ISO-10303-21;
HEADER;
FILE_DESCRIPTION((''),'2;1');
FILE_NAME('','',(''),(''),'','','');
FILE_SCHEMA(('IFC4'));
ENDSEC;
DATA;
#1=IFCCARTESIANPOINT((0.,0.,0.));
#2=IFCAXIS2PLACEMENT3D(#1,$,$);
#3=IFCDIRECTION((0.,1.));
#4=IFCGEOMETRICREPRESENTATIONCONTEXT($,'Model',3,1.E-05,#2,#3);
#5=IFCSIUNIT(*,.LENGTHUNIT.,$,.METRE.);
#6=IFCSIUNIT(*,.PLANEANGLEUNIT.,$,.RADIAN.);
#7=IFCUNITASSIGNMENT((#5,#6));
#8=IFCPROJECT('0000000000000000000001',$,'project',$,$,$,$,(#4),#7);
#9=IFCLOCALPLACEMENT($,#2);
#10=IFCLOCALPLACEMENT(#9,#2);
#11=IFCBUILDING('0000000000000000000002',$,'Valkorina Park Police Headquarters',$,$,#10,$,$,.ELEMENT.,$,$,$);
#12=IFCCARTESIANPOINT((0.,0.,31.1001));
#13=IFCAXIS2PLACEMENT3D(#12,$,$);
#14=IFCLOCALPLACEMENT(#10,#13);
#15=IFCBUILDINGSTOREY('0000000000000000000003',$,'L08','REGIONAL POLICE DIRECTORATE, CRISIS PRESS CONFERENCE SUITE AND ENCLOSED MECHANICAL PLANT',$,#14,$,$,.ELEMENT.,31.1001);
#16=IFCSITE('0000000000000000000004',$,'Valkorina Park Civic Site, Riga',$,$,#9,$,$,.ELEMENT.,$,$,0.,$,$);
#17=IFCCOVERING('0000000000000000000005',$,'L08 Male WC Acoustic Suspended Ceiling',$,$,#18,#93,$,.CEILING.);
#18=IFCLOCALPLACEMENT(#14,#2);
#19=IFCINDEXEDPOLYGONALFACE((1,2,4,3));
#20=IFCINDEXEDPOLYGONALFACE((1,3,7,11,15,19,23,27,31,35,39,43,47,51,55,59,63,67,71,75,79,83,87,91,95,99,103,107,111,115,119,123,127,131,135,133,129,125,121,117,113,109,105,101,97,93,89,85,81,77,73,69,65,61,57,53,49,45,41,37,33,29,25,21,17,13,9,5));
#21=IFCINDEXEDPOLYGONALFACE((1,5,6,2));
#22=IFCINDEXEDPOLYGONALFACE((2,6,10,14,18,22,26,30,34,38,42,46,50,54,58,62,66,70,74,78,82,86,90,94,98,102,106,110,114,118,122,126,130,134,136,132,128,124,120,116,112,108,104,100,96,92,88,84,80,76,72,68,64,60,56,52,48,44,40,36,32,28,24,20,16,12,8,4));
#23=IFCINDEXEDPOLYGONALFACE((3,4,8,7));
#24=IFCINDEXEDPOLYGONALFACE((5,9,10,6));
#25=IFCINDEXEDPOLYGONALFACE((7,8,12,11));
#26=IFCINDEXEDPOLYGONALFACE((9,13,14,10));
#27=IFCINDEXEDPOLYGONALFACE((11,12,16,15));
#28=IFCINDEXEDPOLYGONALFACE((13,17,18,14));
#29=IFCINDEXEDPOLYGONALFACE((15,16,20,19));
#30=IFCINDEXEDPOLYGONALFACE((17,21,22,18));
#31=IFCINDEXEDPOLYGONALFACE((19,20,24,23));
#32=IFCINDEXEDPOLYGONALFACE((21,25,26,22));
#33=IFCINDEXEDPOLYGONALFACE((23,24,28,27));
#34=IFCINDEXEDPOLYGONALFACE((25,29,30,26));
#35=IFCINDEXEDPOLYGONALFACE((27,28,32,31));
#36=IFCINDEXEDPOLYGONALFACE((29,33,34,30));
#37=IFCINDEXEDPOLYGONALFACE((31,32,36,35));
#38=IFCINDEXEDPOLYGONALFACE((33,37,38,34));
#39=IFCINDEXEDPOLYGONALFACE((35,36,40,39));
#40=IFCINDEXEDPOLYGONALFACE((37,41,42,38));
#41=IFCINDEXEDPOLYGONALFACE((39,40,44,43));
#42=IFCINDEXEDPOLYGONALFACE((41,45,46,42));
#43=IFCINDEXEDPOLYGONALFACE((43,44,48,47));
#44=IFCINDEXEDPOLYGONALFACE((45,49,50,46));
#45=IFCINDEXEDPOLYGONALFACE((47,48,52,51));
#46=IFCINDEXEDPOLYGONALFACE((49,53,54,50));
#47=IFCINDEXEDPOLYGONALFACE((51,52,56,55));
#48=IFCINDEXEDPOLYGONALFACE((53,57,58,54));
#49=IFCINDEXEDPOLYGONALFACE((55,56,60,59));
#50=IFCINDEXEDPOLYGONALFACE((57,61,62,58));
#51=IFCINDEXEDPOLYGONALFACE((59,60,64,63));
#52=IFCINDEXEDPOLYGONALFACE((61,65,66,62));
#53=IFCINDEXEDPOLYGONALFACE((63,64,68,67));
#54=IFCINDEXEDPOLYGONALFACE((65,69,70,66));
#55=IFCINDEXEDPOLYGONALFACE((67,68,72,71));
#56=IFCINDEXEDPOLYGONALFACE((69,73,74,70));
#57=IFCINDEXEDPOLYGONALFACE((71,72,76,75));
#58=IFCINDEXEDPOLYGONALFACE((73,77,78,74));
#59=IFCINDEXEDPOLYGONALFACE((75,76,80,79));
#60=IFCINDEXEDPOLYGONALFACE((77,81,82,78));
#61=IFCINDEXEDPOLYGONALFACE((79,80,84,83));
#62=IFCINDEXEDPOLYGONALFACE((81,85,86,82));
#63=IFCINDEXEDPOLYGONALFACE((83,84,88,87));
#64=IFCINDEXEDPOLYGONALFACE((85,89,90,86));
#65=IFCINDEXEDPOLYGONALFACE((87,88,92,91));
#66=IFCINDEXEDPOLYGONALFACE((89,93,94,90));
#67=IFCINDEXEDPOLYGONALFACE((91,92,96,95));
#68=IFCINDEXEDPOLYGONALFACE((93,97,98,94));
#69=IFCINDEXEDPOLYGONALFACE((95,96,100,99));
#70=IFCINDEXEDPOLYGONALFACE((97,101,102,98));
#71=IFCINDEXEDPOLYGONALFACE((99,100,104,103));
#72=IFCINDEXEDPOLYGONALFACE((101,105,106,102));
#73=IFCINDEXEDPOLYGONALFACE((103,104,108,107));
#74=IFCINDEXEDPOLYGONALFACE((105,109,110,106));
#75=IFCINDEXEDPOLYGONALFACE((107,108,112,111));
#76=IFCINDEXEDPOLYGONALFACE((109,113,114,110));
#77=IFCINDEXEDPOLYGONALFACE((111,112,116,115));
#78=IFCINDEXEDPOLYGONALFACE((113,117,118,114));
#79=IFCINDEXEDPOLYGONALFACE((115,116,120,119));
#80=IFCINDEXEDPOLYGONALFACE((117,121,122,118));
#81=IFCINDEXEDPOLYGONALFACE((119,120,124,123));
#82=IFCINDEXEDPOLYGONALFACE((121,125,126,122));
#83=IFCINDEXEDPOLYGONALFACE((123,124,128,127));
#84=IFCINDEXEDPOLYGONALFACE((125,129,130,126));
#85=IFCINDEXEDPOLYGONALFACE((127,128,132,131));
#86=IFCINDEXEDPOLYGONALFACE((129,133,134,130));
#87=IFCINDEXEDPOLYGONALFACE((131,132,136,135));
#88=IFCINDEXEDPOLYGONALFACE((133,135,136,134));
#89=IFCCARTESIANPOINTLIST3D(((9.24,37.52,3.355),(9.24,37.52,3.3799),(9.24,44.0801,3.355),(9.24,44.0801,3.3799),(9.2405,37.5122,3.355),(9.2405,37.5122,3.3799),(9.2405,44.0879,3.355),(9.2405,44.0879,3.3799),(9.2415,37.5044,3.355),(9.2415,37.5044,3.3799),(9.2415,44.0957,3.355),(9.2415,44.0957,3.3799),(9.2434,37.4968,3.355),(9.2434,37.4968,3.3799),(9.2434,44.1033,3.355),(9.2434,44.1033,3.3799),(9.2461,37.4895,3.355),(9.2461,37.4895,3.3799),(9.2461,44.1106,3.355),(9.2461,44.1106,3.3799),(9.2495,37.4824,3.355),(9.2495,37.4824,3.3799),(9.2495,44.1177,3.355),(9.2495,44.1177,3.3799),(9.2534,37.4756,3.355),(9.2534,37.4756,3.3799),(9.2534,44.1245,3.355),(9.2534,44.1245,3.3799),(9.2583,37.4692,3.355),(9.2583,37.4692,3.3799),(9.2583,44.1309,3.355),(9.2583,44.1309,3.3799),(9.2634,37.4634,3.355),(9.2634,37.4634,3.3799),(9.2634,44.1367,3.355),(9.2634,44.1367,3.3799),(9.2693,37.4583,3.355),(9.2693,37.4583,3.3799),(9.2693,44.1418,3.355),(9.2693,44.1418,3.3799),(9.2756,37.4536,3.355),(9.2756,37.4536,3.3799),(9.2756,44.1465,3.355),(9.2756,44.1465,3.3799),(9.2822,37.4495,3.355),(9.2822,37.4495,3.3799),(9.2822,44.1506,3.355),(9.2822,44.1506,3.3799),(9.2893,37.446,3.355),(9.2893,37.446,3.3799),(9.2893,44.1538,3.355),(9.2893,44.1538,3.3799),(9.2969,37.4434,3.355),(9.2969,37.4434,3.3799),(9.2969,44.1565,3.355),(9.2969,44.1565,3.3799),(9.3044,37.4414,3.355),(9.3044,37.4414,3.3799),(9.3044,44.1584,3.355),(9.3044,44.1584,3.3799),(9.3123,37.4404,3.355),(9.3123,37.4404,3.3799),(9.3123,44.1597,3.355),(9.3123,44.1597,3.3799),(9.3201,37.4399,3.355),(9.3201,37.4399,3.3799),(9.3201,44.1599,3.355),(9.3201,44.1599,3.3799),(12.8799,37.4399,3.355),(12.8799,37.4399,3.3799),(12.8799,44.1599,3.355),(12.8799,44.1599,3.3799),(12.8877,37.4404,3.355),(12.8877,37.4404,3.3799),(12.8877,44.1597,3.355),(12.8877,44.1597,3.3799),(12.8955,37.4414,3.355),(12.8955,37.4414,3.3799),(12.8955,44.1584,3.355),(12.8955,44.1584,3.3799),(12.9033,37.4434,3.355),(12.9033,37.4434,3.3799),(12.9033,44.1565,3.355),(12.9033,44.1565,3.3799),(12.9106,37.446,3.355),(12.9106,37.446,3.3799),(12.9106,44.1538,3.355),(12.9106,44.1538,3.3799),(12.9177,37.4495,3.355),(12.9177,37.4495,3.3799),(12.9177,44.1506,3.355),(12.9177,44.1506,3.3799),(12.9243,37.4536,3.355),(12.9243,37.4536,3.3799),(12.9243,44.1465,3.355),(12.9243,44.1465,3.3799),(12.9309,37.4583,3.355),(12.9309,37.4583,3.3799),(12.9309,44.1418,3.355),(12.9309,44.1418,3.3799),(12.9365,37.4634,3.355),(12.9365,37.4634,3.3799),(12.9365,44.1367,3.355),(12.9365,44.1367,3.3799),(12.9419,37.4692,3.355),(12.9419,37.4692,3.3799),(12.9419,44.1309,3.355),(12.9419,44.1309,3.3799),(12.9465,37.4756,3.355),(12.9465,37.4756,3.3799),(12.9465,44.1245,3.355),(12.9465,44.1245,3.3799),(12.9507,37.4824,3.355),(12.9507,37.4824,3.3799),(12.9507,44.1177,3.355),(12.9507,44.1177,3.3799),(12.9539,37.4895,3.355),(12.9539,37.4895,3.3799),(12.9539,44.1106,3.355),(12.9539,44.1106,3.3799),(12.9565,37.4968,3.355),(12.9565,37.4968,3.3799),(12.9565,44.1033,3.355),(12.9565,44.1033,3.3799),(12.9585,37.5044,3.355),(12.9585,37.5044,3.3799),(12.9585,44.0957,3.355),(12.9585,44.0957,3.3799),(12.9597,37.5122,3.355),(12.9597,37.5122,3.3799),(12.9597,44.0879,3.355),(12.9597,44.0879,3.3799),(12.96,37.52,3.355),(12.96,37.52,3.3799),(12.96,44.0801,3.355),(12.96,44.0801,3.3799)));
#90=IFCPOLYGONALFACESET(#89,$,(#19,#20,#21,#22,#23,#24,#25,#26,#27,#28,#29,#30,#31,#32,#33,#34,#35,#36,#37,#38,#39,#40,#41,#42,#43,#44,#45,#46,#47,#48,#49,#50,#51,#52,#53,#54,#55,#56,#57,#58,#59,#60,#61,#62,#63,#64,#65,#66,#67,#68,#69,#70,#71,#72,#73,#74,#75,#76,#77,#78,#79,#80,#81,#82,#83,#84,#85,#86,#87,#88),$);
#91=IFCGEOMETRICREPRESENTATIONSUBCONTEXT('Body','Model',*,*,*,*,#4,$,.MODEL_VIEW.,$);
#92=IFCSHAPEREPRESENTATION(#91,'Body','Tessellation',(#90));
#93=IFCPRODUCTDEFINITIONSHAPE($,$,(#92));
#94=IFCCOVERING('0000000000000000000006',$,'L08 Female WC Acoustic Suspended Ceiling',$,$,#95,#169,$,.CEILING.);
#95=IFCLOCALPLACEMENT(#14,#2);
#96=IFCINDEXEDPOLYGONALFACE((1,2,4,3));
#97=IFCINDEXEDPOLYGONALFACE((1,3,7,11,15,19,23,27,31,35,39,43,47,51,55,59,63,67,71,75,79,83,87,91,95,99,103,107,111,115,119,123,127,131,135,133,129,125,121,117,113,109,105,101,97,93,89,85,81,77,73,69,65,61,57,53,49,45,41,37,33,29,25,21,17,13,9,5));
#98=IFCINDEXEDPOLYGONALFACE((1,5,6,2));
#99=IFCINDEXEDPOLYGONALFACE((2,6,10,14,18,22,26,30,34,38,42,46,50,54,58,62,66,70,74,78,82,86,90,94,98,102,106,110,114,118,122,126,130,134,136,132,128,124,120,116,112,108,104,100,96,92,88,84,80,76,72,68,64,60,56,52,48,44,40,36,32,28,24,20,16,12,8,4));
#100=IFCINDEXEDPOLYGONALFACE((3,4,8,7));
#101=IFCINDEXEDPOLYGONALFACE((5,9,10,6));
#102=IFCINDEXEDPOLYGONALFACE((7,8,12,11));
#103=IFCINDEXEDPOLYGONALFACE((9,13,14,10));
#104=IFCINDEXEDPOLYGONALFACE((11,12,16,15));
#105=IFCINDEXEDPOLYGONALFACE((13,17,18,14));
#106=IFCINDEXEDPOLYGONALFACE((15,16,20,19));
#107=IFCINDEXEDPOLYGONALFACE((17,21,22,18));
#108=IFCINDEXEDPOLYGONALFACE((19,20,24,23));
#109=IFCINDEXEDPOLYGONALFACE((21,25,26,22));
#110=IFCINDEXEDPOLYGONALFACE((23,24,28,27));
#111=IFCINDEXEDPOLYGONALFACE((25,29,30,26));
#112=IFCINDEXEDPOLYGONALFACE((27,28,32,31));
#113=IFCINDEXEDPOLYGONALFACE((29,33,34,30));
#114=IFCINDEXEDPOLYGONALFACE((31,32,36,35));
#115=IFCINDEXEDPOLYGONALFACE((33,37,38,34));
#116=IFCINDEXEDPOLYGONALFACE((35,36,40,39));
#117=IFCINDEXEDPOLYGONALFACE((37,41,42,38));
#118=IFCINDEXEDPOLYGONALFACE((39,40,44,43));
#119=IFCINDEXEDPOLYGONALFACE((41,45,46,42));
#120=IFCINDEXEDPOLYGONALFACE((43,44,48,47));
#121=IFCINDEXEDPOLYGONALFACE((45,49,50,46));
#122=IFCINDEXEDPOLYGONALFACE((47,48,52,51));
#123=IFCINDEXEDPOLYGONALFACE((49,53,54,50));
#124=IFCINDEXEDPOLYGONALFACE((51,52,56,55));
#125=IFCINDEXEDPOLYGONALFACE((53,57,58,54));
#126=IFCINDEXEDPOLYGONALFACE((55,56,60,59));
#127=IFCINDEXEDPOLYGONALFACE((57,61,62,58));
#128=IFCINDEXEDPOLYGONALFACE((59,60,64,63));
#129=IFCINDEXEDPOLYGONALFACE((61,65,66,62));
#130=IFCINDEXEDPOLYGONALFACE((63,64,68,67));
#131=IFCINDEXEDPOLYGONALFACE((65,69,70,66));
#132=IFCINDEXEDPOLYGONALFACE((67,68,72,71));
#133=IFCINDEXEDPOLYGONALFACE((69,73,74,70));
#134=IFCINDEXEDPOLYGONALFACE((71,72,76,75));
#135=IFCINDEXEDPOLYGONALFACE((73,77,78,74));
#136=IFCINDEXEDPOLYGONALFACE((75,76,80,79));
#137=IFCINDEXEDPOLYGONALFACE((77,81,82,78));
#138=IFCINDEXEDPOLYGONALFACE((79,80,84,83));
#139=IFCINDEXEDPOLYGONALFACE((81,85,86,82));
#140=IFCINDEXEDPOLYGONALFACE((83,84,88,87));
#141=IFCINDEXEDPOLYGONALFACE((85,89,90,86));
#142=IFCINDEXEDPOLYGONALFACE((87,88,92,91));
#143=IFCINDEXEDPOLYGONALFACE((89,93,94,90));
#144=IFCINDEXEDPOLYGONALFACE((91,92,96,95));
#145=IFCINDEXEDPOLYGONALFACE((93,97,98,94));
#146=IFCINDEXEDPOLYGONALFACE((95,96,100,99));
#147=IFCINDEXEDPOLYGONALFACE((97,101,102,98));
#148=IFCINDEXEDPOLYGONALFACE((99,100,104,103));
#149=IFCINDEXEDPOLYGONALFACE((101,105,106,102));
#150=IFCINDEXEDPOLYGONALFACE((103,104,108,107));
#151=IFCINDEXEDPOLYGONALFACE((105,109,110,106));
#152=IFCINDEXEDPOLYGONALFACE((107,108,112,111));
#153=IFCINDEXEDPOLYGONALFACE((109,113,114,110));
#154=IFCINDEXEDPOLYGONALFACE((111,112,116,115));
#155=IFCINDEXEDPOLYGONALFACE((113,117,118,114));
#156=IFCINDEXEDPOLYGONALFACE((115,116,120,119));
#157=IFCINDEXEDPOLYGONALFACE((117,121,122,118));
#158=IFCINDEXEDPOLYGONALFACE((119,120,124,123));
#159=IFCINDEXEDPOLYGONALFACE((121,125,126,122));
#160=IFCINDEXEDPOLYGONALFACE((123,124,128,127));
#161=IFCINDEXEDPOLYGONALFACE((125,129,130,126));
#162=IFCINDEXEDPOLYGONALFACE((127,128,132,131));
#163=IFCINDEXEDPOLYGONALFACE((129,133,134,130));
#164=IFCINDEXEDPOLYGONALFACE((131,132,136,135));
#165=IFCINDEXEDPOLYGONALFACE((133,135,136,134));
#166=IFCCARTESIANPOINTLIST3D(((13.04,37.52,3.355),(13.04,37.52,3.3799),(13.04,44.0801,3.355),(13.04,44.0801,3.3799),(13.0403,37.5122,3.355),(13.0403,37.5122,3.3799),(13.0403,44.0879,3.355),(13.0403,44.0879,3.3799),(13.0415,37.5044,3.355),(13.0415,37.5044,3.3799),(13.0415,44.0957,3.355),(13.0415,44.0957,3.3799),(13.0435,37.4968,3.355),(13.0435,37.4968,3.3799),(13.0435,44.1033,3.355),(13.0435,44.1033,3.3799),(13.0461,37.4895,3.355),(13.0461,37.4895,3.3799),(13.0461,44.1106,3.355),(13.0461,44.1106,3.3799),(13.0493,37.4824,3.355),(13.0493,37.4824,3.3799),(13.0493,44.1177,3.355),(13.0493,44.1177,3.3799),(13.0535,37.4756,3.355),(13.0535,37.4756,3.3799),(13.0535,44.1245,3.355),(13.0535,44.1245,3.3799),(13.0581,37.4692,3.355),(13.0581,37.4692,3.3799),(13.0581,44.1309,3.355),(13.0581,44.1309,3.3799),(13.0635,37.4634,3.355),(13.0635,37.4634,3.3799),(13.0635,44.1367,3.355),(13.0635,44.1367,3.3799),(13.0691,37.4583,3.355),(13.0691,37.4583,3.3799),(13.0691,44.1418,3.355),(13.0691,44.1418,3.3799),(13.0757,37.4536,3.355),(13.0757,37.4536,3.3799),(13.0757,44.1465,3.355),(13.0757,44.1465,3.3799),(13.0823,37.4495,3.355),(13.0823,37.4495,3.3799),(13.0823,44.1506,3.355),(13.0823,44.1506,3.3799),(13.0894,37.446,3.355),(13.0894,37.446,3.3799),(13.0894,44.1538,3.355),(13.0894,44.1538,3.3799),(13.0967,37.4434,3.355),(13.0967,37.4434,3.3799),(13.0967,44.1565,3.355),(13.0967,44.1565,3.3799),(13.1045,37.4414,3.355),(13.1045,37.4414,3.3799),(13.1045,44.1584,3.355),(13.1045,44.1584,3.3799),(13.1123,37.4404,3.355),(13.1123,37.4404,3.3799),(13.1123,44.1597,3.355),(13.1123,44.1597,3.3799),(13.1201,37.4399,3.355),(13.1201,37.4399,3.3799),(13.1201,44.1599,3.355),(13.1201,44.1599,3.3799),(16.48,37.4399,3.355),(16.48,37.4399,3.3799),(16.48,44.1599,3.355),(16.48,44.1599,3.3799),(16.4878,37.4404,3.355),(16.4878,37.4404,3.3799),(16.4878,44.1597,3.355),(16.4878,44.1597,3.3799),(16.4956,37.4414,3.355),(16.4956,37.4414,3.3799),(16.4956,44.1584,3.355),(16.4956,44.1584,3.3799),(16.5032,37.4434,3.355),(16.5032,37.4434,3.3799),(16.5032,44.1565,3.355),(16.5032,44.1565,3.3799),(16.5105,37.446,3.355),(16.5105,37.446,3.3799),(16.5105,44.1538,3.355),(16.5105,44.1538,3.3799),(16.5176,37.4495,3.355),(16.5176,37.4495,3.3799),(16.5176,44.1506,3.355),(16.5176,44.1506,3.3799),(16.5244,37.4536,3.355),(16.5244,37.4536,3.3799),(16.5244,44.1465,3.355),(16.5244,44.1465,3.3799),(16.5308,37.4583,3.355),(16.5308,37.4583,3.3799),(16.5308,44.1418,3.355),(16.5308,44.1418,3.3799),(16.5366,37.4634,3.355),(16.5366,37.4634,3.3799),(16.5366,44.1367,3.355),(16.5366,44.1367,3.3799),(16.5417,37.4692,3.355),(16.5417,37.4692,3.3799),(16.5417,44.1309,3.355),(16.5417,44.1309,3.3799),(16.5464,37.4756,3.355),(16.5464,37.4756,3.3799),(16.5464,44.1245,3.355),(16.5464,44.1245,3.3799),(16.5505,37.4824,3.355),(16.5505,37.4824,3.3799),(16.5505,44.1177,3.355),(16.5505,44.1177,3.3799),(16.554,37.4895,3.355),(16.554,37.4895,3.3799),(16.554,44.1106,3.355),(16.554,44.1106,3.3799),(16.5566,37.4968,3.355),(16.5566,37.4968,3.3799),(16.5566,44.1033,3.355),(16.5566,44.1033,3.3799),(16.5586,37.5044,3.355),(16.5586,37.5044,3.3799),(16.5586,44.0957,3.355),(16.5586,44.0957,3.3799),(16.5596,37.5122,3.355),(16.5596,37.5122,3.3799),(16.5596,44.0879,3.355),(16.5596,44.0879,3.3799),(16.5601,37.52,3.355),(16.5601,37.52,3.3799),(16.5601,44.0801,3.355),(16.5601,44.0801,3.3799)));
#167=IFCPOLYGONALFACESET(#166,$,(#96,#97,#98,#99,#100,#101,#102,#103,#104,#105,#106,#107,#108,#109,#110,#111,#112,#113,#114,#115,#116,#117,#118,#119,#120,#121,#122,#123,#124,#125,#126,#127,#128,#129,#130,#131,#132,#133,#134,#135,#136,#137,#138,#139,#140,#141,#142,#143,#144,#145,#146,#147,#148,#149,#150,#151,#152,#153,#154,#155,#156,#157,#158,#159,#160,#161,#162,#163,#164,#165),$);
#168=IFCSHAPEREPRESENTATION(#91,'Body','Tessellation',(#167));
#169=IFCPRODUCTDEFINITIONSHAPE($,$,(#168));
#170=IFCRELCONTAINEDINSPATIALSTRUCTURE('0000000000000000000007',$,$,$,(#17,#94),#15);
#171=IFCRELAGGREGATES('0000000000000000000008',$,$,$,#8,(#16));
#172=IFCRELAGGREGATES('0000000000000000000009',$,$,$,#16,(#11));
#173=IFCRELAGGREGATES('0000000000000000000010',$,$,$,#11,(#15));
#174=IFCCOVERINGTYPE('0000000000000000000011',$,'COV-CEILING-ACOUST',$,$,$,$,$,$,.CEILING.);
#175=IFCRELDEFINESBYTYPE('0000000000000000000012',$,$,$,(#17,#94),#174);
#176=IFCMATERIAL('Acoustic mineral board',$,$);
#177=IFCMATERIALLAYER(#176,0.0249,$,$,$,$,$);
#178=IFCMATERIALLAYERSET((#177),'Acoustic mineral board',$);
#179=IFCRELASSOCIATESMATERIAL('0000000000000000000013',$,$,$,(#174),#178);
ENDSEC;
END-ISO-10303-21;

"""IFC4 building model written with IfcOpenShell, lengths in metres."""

from ifc_helpers import new_model, si_unit, direction, frame, origin, place, context, subcontext, project, spatial, polyline, outline, extrude, material, layer, layer_set, type_object, element, save


model = new_model("IFC4")

# Units and contexts
model_context = context("Model", 3, precision=1e-05, world=origin(), true_north=direction((0.0, 1.0)))
body_context = subcontext(model_context, "Body", "Model", "MODEL_VIEW")
ifc_project = project(units=[si_unit("LENGTHUNIT", "METRE"), si_unit("PLANEANGLEUNIT", "RADIAN")], contexts=[model_context])

# Site, building, storey
site_placement = place(None, origin())
site = spatial("IfcSite", under=ifc_project, at=site_placement, Name="Valkorina Park Civic Site, Riga", CompositionType="ELEMENT", RefElevation=0.0)
building_placement = place(site_placement, origin())
building = spatial("IfcBuilding", under=site, at=building_placement, Name="Valkorina Park Police Headquarters", CompositionType="ELEMENT")
storey_placement = place(building_placement, frame((0.0, 0.0, 31.1001)))
storey = spatial("IfcBuildingStorey", under=building, at=storey_placement, Name="L08", Description="REGIONAL POLICE DIRECTORATE, CRISIS PRESS CONFERENCE SUITE AND ENCLOSED MECHANICAL PLANT", CompositionType="ELEMENT", Elevation=31.1001)

# Coverings
ifc_material_1 = material(Name="Acoustic mineral board")
ifc_layer_1 = layer(ifc_material_1, 0.0249)
ifc_layer_set_1 = layer_set([ifc_layer_1], Name="Acoustic mineral board")
covering_type_1 = type_object("IfcCoveringType", Name="COV-CEILING-ACOUST", PredefinedType="CEILING", material=ifc_layer_set_1)
covering_1_placement = place(storey_placement, frame((0.0, 0.0, 3.355)))
element("IfcCovering", 1, at=covering_1_placement, inside=storey, type_object=covering_type_1, Name="L08 Male WC Acoustic Suspended Ceiling", PredefinedType="CEILING", context=body_context, shape_type="SweptSolid", body=[
    extrude(outline(polyline([(12.8955, 44.1584), (12.8877, 44.1597), (12.8799, 44.1599), (9.3201, 44.1599), (9.3123, 44.1597), (9.3044, 44.1584), (9.2969, 44.1565), (9.2893, 44.1538), (9.2822, 44.1506), (9.2756, 44.1465), (9.2693, 44.1418), (9.2634, 44.1367), (9.2583, 44.1309), (9.2534, 44.1245), (9.2495, 44.1177), (9.2461, 44.1106), (9.2434, 44.1033), (9.2415, 44.0957), (9.2405, 44.0879), (9.24, 44.0801), (9.24, 37.52), (9.2405, 37.5122), (9.2415, 37.5044), (9.2434, 37.4968), (9.2461, 37.4895), (9.2495, 37.4824), (9.2534, 37.4756), (9.2583, 37.4692), (9.2634, 37.4634), (9.2693, 37.4583), (9.2756, 37.4536), (9.2822, 37.4495), (9.2893, 37.446), (9.2969, 37.4434), (9.3044, 37.4414), (9.3123, 37.4404), (9.3201, 37.4399), (12.8799, 37.4399), (12.8877, 37.4404), (12.8955, 37.4414), (12.9033, 37.4434), (12.9106, 37.446), (12.9177, 37.4495), (12.9243, 37.4536), (12.9309, 37.4583), (12.9365, 37.4634), (12.9419, 37.4692), (12.9465, 37.4756), (12.9507, 37.4824), (12.9539, 37.4895), (12.9565, 37.4968), (12.9585, 37.5044), (12.9597, 37.5122), (12.96, 37.52), (12.96, 44.0801), (12.9597, 44.0879), (12.9585, 44.0957), (12.9565, 44.1033), (12.9539, 44.1106), (12.9507, 44.1177), (12.9465, 44.1245), (12.9419, 44.1309), (12.9365, 44.1367), (12.9309, 44.1418), (12.9243, 44.1465), (12.9177, 44.1506), (12.9106, 44.1538), (12.9033, 44.1565), (12.8955, 44.1584)])), origin(), (0.0, 0.0, 1.0), 0.0249),
])
covering_2_placement = place(storey_placement, frame((0.0, 0.0, 3.355)))
element("IfcCovering", 2, at=covering_2_placement, inside=storey, type_object=covering_type_1, Name="L08 Female WC Acoustic Suspended Ceiling", PredefinedType="CEILING", context=body_context, shape_type="SweptSolid", body=[
    extrude(outline(polyline([(16.4956, 44.1584), (16.4878, 44.1597), (16.48, 44.1599), (13.1201, 44.1599), (13.1123, 44.1597), (13.1045, 44.1584), (13.0967, 44.1565), (13.0894, 44.1538), (13.0823, 44.1506), (13.0757, 44.1465), (13.0691, 44.1418), (13.0635, 44.1367), (13.0581, 44.1309), (13.0535, 44.1245), (13.0493, 44.1177), (13.0461, 44.1106), (13.0435, 44.1033), (13.0415, 44.0957), (13.0403, 44.0879), (13.04, 44.0801), (13.04, 37.52), (13.0403, 37.5122), (13.0415, 37.5044), (13.0435, 37.4968), (13.0461, 37.4895), (13.0493, 37.4824), (13.0535, 37.4756), (13.0581, 37.4692), (13.0635, 37.4634), (13.0691, 37.4583), (13.0757, 37.4536), (13.0823, 37.4495), (13.0894, 37.446), (13.0967, 37.4434), (13.1045, 37.4414), (13.1123, 37.4404), (13.1201, 37.4399), (16.48, 37.4399), (16.4878, 37.4404), (16.4956, 37.4414), (16.5032, 37.4434), (16.5105, 37.446), (16.5176, 37.4495), (16.5244, 37.4536), (16.5308, 37.4583), (16.5366, 37.4634), (16.5417, 37.4692), (16.5464, 37.4756), (16.5505, 37.4824), (16.554, 37.4895), (16.5566, 37.4968), (16.5586, 37.5044), (16.5596, 37.5122), (16.5601, 37.52), (16.5601, 44.0801), (16.5596, 44.0879), (16.5586, 44.0957), (16.5566, 44.1033), (16.554, 44.1106), (16.5505, 44.1177), (16.5464, 44.1245), (16.5417, 44.1309), (16.5366, 44.1367), (16.5308, 44.1418), (16.5244, 44.1465), (16.5176, 44.1506), (16.5105, 44.1538), (16.5032, 44.1565), (16.4956, 44.1584)])), origin(), (0.0, 0.0, 1.0), 0.0249),
])

save(model, "model.ifc")
